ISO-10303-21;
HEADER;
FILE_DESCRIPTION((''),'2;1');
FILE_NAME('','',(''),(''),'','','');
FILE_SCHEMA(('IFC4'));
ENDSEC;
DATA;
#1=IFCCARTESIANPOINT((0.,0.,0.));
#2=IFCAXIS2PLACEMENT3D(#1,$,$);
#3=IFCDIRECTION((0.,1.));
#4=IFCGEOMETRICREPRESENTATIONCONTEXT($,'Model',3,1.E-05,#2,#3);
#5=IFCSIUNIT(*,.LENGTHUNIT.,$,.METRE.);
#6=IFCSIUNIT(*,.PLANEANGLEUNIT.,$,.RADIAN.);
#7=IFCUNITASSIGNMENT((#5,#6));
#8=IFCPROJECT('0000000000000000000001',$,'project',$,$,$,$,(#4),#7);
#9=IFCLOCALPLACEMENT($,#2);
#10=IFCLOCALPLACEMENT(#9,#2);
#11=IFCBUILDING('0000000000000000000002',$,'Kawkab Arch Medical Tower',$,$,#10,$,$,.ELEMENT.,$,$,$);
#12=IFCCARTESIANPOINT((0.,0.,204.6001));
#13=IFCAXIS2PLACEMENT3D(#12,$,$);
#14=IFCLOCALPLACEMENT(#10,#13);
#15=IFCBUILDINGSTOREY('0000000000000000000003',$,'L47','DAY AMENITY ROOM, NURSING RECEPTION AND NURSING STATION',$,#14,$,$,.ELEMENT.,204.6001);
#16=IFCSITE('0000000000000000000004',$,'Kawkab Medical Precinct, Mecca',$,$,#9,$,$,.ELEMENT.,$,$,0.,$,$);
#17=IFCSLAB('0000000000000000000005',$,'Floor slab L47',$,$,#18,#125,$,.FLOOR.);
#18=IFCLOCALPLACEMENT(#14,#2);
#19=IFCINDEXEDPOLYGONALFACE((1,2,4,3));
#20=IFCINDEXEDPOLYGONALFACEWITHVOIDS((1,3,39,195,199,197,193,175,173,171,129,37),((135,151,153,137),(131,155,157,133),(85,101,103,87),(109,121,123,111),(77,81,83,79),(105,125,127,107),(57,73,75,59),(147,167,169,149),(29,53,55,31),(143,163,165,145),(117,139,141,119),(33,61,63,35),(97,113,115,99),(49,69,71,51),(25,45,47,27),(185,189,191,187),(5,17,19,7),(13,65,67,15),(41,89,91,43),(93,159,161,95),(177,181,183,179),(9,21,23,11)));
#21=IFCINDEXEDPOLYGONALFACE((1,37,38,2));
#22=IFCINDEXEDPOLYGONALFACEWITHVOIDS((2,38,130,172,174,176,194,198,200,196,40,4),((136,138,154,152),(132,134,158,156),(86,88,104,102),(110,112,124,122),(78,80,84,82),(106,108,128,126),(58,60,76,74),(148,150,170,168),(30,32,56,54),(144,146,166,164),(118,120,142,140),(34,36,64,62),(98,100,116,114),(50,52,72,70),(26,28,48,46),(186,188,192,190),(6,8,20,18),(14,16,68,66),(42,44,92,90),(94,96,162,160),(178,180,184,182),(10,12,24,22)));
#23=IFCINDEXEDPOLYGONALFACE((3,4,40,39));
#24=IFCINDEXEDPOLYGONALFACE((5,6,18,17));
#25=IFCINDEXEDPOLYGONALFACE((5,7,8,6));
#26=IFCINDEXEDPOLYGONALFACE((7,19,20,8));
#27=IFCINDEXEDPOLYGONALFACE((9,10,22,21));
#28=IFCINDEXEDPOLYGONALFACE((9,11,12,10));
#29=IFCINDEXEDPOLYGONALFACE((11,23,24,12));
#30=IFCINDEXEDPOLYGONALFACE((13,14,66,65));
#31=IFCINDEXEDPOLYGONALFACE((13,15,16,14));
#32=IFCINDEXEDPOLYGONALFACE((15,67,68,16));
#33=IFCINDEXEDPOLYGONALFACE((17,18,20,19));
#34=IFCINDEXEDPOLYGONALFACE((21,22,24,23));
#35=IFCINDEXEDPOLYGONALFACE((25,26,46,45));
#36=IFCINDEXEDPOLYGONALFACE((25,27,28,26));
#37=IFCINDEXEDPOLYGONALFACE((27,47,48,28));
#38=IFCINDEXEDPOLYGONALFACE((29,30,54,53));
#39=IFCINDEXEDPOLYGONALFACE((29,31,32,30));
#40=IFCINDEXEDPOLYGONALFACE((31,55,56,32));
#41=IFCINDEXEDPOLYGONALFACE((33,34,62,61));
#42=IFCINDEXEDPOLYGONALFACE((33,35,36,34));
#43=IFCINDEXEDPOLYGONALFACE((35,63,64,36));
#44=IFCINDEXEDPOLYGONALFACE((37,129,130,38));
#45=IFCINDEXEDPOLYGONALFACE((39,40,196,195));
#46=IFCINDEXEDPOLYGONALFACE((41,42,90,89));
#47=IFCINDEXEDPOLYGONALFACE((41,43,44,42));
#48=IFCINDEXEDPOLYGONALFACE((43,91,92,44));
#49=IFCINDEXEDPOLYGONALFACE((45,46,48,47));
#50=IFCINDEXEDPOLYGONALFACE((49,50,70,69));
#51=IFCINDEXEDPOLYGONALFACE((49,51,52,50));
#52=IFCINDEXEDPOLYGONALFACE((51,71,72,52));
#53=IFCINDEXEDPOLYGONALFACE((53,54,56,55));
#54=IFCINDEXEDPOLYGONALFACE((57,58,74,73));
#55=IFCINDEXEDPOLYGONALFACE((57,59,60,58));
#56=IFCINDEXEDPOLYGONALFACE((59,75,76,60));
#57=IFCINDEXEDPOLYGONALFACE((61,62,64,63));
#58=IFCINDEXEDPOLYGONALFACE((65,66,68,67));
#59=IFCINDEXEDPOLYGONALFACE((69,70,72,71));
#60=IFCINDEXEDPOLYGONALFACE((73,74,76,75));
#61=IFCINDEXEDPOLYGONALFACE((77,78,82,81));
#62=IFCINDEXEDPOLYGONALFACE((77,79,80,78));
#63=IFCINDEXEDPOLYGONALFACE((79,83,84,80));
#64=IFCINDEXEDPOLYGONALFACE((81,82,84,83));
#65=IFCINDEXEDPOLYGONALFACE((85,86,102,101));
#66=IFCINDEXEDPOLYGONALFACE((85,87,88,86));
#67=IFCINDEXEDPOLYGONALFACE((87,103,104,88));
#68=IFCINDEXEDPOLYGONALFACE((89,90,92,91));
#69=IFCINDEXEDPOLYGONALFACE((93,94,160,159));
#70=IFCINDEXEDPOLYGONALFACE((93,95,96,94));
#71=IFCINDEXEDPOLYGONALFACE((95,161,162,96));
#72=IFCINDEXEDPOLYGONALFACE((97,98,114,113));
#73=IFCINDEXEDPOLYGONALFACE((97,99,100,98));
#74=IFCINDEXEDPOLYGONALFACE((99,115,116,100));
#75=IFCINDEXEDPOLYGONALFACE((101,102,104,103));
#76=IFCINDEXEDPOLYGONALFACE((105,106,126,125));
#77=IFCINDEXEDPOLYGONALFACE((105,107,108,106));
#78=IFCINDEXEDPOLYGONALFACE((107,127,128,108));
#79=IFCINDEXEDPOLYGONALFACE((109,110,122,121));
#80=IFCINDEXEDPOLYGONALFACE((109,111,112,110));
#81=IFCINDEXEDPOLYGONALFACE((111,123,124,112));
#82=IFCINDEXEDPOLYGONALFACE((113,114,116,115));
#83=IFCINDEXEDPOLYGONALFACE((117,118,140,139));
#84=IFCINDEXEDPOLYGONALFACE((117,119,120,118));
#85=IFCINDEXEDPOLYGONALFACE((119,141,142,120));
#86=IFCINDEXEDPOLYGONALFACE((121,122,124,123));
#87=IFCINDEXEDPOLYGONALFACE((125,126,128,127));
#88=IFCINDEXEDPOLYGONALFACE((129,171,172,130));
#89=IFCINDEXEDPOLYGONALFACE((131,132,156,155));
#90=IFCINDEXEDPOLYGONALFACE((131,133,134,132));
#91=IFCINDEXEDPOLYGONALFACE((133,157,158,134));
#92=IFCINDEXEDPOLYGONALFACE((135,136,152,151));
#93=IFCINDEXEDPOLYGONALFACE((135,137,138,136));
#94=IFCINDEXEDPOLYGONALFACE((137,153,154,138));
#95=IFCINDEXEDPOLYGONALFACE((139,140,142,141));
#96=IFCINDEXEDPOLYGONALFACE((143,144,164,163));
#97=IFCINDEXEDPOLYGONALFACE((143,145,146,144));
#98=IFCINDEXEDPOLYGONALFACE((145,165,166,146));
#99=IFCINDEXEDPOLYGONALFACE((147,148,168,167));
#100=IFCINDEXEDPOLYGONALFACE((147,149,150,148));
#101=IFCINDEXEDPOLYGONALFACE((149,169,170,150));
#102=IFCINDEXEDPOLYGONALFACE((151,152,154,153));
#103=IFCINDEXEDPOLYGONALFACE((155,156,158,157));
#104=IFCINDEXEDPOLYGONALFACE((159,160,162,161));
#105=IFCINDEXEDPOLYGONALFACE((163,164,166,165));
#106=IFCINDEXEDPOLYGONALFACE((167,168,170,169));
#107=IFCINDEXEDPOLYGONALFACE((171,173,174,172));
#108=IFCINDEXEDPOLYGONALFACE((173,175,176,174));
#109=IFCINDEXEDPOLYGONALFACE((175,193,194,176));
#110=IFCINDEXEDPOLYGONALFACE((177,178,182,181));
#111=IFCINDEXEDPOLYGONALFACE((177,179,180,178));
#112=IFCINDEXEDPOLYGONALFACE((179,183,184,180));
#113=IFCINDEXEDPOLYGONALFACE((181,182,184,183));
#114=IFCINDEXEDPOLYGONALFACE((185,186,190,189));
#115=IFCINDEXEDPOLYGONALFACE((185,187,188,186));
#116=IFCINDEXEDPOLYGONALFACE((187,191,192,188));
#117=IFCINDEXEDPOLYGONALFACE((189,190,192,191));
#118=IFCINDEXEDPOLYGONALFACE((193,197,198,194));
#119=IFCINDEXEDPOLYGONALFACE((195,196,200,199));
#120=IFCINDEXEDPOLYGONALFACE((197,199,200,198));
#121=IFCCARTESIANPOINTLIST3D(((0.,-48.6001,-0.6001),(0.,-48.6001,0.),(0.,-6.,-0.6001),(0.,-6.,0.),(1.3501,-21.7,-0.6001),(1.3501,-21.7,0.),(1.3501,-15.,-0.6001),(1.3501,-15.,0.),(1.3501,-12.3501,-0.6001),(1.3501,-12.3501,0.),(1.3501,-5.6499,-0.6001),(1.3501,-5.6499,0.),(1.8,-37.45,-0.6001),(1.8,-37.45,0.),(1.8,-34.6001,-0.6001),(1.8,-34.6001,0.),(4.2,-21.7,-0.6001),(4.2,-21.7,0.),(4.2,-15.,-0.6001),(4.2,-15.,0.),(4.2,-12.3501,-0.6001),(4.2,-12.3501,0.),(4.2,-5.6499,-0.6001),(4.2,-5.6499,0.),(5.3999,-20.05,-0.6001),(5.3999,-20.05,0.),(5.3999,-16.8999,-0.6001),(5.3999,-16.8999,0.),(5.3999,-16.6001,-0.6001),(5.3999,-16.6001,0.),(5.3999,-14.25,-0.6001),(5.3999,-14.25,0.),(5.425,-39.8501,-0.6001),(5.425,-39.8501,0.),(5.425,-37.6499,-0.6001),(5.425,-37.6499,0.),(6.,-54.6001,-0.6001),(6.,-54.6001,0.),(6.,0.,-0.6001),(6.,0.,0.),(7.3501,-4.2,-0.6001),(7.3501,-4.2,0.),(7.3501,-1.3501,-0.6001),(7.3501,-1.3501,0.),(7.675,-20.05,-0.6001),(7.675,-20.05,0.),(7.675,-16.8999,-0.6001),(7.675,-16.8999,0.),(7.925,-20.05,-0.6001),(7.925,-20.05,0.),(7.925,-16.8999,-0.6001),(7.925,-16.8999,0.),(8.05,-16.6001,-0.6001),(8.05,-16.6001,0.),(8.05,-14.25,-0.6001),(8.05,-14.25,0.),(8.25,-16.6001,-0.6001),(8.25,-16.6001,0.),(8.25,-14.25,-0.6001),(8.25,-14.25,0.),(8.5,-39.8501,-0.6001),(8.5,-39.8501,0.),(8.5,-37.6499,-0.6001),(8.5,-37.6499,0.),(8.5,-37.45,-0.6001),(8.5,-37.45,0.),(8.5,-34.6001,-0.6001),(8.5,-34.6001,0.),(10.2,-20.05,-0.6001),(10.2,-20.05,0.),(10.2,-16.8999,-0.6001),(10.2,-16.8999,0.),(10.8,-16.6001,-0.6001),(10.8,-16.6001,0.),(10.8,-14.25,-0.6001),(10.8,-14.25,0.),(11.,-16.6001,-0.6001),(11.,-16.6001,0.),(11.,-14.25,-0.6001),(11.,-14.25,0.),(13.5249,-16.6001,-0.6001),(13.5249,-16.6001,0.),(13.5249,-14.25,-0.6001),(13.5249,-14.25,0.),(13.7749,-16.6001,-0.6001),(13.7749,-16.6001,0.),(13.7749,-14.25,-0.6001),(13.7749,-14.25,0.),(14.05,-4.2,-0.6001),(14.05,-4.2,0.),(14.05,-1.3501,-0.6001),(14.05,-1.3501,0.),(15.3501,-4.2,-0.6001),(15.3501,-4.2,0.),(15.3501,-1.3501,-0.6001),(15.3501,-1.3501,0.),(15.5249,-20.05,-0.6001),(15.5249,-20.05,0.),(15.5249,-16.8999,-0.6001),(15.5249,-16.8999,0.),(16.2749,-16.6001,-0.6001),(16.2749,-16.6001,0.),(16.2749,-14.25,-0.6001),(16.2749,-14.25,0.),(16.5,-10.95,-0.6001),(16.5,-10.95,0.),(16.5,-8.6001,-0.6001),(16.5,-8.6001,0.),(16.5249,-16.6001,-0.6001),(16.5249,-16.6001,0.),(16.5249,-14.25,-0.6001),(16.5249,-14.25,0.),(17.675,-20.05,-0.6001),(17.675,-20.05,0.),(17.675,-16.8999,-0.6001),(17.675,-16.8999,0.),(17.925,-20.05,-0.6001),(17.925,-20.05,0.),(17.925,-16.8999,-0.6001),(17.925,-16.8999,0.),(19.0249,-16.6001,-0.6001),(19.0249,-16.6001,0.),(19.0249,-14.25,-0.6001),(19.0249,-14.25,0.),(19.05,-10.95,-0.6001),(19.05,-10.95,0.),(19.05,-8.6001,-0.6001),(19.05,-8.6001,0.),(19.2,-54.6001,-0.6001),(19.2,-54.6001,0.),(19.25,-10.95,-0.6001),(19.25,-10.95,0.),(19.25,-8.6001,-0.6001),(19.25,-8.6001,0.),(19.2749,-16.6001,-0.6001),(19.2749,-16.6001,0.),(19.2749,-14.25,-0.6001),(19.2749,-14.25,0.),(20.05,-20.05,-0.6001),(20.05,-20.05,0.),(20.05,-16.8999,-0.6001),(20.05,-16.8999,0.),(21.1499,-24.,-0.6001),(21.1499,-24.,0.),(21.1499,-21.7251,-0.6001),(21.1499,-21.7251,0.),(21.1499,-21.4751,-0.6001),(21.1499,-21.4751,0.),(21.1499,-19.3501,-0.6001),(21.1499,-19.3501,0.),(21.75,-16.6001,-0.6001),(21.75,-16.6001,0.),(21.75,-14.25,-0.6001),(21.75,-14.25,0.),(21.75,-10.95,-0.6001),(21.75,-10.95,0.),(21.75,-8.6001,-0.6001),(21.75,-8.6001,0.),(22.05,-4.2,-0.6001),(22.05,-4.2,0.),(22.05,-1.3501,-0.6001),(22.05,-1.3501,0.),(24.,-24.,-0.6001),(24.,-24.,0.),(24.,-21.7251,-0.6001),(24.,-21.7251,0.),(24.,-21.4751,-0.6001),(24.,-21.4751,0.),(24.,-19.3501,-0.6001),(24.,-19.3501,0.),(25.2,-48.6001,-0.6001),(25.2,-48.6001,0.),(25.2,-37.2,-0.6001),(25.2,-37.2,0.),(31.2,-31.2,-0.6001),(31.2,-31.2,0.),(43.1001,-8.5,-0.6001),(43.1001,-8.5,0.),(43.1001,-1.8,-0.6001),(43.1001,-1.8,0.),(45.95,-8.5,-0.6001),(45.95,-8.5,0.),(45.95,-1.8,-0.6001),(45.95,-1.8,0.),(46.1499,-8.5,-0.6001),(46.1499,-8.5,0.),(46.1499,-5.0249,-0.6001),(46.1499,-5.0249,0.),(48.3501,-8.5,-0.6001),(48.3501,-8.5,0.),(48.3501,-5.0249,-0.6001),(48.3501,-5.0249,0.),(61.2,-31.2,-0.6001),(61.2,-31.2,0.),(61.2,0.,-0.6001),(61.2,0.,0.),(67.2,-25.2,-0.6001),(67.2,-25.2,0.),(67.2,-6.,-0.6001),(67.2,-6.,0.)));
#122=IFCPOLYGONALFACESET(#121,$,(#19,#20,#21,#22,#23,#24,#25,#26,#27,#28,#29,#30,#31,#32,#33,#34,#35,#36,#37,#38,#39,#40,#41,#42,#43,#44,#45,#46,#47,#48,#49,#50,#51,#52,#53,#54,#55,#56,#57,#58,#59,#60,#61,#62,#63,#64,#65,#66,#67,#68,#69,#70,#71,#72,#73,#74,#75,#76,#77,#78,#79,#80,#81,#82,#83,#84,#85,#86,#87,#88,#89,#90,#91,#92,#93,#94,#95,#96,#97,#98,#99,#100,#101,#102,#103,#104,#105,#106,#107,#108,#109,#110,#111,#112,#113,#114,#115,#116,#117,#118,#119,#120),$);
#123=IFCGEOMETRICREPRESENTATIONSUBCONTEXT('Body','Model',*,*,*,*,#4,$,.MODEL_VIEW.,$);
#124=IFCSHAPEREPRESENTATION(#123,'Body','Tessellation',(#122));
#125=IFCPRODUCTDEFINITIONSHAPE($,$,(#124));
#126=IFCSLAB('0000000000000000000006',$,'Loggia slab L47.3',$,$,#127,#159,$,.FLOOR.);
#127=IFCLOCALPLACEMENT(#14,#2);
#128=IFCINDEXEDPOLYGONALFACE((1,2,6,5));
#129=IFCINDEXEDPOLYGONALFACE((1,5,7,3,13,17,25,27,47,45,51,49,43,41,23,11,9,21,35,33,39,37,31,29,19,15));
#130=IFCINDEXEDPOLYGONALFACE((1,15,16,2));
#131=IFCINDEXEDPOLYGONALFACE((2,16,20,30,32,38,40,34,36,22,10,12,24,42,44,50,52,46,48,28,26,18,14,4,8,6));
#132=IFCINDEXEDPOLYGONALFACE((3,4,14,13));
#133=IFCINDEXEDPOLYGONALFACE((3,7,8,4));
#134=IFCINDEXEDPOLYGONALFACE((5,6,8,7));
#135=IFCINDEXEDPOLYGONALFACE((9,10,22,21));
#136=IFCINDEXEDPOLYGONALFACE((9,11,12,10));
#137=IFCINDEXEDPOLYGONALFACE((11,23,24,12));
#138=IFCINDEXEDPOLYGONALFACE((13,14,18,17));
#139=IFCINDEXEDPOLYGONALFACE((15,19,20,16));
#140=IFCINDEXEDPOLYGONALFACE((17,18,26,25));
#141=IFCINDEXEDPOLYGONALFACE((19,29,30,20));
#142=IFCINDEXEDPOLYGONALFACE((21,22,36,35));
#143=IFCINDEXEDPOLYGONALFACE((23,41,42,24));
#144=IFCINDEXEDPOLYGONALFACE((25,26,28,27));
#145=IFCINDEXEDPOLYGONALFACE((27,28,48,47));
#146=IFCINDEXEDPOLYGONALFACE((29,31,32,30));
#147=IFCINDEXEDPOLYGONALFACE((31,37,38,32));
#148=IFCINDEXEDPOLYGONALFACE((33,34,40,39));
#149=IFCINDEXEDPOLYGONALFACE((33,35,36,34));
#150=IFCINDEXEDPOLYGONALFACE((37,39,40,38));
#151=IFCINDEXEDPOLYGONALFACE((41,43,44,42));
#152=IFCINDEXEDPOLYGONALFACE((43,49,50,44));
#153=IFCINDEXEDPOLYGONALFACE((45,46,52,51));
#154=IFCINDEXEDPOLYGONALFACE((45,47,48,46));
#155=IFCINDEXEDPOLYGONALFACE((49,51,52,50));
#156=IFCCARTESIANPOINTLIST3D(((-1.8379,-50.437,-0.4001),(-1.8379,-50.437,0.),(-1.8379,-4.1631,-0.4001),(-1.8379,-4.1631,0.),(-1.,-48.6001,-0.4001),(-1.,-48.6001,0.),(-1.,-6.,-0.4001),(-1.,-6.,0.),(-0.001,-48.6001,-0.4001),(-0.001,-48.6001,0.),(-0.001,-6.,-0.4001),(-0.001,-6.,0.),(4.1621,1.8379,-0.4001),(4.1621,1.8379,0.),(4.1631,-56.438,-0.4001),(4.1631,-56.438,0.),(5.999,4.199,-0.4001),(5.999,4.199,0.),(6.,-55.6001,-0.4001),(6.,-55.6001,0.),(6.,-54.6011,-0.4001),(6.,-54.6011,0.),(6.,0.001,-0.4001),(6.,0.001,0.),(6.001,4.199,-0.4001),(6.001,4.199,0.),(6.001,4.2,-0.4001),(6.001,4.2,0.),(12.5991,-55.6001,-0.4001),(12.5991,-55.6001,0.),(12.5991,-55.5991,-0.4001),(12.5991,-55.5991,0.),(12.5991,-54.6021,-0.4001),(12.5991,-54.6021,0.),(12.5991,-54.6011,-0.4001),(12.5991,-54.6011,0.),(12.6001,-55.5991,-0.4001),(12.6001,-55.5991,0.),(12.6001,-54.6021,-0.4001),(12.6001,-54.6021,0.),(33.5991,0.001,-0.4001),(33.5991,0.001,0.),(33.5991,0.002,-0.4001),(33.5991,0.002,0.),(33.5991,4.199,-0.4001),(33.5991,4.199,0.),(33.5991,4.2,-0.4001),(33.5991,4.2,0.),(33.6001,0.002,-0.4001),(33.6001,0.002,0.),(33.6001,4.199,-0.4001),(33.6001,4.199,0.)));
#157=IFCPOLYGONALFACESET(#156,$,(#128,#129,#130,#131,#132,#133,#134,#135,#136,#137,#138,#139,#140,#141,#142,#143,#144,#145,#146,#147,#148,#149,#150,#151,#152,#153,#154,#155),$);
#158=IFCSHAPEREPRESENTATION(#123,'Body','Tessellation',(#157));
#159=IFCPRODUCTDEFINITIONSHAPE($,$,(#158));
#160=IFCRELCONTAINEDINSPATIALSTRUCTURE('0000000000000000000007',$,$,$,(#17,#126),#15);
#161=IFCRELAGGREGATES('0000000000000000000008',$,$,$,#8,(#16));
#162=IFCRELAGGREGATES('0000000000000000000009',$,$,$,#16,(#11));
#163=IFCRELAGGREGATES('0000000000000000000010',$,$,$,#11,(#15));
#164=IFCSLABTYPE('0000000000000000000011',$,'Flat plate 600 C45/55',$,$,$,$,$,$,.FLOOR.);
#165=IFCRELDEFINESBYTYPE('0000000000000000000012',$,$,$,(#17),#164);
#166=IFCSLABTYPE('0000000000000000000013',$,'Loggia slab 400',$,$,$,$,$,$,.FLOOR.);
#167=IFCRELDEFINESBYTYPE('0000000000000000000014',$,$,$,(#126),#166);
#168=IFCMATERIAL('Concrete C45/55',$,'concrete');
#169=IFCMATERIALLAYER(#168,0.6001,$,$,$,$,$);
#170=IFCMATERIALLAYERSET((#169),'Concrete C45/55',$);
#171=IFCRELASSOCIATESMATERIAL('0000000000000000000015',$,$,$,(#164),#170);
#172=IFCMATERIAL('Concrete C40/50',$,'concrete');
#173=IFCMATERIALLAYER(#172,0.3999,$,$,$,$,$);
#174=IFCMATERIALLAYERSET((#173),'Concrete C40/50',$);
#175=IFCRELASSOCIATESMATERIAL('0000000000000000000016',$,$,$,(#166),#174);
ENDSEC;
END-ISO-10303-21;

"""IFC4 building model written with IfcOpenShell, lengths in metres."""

from ifc_helpers import new_model, si_unit, direction, frame, origin, place, context, subcontext, project, spatial, polyline, outline, extrude, material, layer, layer_set, type_object, element, save


model = new_model("IFC4")

# Units and contexts
model_context = context("Model", 3, precision=1e-05, world=origin(), true_north=direction((0.0, 1.0)))
body_context = subcontext(model_context, "Body", "Model", "MODEL_VIEW")
ifc_project = project(units=[si_unit("LENGTHUNIT", "METRE"), si_unit("PLANEANGLEUNIT", "RADIAN")], contexts=[model_context])

# Site, building, storey
site_placement = place(None, origin())
site = spatial("IfcSite", under=ifc_project, at=site_placement, Name="Kawkab Medical Precinct, Mecca", CompositionType="ELEMENT", RefElevation=0.0)
building_placement = place(site_placement, origin())
building = spatial("IfcBuilding", under=site, at=building_placement, Name="Kawkab Arch Medical Tower", CompositionType="ELEMENT")
storey_placement = place(building_placement, frame((0.0, 0.0, 204.6001)))
storey = spatial("IfcBuildingStorey", under=building, at=storey_placement, Name="L47", Description="DAY AMENITY ROOM, NURSING RECEPTION AND NURSING STATION", CompositionType="ELEMENT", Elevation=204.6001)

# Slabs
ifc_material_1 = material(Name="Concrete C45/55", Category="concrete")
ifc_layer_1 = layer(ifc_material_1, 0.6001)
ifc_layer_set_1 = layer_set([ifc_layer_1], Name="Concrete C45/55")
slab_type_1 = type_object("IfcSlabType", Name="Flat plate 600 C45/55", PredefinedType="FLOOR", material=ifc_layer_set_1)
slab_1_placement = place(storey_placement, frame((0.0, 0.0, -0.6001)))
element("IfcSlab", 1, at=slab_1_placement, inside=storey, type_object=slab_type_1, Name="Floor slab L47", PredefinedType="FLOOR", context=body_context, shape_type="SweptSolid", body=[
    extrude(outline(polyline([(6.0, 0.0), (61.2, 0.0), (67.2, -6.0), (67.2, -25.2), (61.2, -31.2), (31.2, -31.2), (25.2, -37.2), (25.2, -48.6001), (19.2, -54.6001), (6.0, -54.6001), (0.0, -48.6001), (0.0, -6.0), (6.0, 0.0)]), holes=[polyline([(5.425, -37.6499), (5.425, -39.8501), (8.5, -39.8501), (8.5, -37.6499), (5.425, -37.6499)]), polyline([(8.5, -37.45), (8.5, -34.6001), (1.8, -34.6001), (1.8, -37.45), (8.5, -37.45)]), polyline([(5.3999, -20.05), (7.675, -20.05), (7.675, -16.8999), (5.3999, -16.8999), (5.3999, -20.05)]), polyline([(10.2, -20.05), (10.2, -16.8999), (7.925, -16.8999), (7.925, -20.05), (10.2, -20.05)]), polyline([(4.2, -21.7), (4.2, -15.0), (1.3501, -15.0), (1.3501, -21.7), (4.2, -21.7)]), polyline([(5.3999, -16.6001), (8.05, -16.6001), (8.05, -14.25), (5.3999, -14.25), (5.3999, -16.6001)]), polyline([(8.25, -14.25), (8.25, -16.6001), (10.8, -16.6001), (10.8, -14.25), (8.25, -14.25)]), polyline([(13.5249, -14.25), (11.0, -14.25), (11.0, -16.6001), (13.5249, -16.6001), (13.5249, -14.25)]), polyline([(13.7749, -14.25), (13.7749, -16.6001), (16.2749, -16.6001), (16.2749, -14.25), (13.7749, -14.25)]), polyline([(4.2, -12.3501), (4.2, -5.6499), (1.3501, -5.6499), (1.3501, -12.3501), (4.2, -12.3501)]), polyline([(7.3501, -4.2), (14.05, -4.2), (14.05, -1.3501), (7.3501, -1.3501), (7.3501, -4.2)]), polyline([(24.0, -21.7251), (21.1499, -21.7251), (21.1499, -24.0), (24.0, -24.0), (24.0, -21.7251)]), polyline([(24.0, -19.3501), (21.1499, -19.3501), (21.1499, -21.4751), (24.0, -21.4751), (24.0, -19.3501)]), polyline([(17.675, -20.05), (17.675, -16.8999), (15.5249, -16.8999), (15.5249, -20.05), (17.675, -20.05)]), polyline([(17.925, -20.05), (20.05, -20.05), (20.05, -16.8999), (17.925, -16.8999), (17.925, -20.05)]), polyline([(16.5249, -16.6001), (19.0249, -16.6001), (19.0249, -14.25), (16.5249, -14.25), (16.5249, -16.6001)]), polyline([(19.2749, -16.6001), (21.75, -16.6001), (21.75, -14.25), (19.2749, -14.25), (19.2749, -16.6001)]), polyline([(19.05, -10.95), (19.05, -8.6001), (16.5, -8.6001), (16.5, -10.95), (19.05, -10.95)]), polyline([(19.25, -10.95), (21.75, -10.95), (21.75, -8.6001), (19.25, -8.6001), (19.25, -10.95)]), polyline([(46.1499, -8.5), (48.3501, -8.5), (48.3501, -5.0249), (46.1499, -5.0249), (46.1499, -8.5)]), polyline([(43.1001, -1.8), (43.1001, -8.5), (45.95, -8.5), (45.95, -1.8), (43.1001, -1.8)]), polyline([(22.05, -1.3501), (15.3501, -1.3501), (15.3501, -4.2), (22.05, -4.2), (22.05, -1.3501)])]), origin(), (0.0, 0.0, 1.0), 0.6001),
])
ifc_material_2 = material(Name="Concrete C40/50", Category="concrete")
ifc_layer_2 = layer(ifc_material_2, 0.3999)
ifc_layer_set_2 = layer_set([ifc_layer_2], Name="Concrete C40/50")
slab_type_2 = type_object("IfcSlabType", Name="Loggia slab 400", PredefinedType="FLOOR", material=ifc_layer_set_2)
placement_1 = place(storey_placement, frame((0.0, 0.0, -0.4001)))
element("IfcSlab", 2, at=placement_1, inside=storey, type_object=slab_type_2, Name="Loggia slab L47.3", PredefinedType="FLOOR", context=body_context, shape_type="SweptSolid", body=[
    extrude(outline(polyline([(-1.8379, -50.437), (-1.0, -48.6001), (-1.0, -6.0), (-1.8379, -4.1631), (4.1621, 1.8379), (5.999, 4.199), (6.001, 4.199), (6.001, 4.2), (33.5991, 4.2), (33.5991, 4.199), (33.6001, 4.199), (33.6001, 0.002), (33.5991, 0.002), (33.5991, 0.001), (6.0, 0.001), (-0.001, -6.0), (-0.001, -48.6001), (6.0, -54.6011), (12.5991, -54.6011), (12.5991, -54.6021), (12.6001, -54.6021), (12.6001, -55.5991), (12.5991, -55.5991), (12.5991, -55.6001), (6.0, -55.6001), (4.1631, -56.438), (-1.8379, -50.437)])), origin(), (0.0, 0.0, 1.0), 0.4001),
])

save(model, "model.ifc")
